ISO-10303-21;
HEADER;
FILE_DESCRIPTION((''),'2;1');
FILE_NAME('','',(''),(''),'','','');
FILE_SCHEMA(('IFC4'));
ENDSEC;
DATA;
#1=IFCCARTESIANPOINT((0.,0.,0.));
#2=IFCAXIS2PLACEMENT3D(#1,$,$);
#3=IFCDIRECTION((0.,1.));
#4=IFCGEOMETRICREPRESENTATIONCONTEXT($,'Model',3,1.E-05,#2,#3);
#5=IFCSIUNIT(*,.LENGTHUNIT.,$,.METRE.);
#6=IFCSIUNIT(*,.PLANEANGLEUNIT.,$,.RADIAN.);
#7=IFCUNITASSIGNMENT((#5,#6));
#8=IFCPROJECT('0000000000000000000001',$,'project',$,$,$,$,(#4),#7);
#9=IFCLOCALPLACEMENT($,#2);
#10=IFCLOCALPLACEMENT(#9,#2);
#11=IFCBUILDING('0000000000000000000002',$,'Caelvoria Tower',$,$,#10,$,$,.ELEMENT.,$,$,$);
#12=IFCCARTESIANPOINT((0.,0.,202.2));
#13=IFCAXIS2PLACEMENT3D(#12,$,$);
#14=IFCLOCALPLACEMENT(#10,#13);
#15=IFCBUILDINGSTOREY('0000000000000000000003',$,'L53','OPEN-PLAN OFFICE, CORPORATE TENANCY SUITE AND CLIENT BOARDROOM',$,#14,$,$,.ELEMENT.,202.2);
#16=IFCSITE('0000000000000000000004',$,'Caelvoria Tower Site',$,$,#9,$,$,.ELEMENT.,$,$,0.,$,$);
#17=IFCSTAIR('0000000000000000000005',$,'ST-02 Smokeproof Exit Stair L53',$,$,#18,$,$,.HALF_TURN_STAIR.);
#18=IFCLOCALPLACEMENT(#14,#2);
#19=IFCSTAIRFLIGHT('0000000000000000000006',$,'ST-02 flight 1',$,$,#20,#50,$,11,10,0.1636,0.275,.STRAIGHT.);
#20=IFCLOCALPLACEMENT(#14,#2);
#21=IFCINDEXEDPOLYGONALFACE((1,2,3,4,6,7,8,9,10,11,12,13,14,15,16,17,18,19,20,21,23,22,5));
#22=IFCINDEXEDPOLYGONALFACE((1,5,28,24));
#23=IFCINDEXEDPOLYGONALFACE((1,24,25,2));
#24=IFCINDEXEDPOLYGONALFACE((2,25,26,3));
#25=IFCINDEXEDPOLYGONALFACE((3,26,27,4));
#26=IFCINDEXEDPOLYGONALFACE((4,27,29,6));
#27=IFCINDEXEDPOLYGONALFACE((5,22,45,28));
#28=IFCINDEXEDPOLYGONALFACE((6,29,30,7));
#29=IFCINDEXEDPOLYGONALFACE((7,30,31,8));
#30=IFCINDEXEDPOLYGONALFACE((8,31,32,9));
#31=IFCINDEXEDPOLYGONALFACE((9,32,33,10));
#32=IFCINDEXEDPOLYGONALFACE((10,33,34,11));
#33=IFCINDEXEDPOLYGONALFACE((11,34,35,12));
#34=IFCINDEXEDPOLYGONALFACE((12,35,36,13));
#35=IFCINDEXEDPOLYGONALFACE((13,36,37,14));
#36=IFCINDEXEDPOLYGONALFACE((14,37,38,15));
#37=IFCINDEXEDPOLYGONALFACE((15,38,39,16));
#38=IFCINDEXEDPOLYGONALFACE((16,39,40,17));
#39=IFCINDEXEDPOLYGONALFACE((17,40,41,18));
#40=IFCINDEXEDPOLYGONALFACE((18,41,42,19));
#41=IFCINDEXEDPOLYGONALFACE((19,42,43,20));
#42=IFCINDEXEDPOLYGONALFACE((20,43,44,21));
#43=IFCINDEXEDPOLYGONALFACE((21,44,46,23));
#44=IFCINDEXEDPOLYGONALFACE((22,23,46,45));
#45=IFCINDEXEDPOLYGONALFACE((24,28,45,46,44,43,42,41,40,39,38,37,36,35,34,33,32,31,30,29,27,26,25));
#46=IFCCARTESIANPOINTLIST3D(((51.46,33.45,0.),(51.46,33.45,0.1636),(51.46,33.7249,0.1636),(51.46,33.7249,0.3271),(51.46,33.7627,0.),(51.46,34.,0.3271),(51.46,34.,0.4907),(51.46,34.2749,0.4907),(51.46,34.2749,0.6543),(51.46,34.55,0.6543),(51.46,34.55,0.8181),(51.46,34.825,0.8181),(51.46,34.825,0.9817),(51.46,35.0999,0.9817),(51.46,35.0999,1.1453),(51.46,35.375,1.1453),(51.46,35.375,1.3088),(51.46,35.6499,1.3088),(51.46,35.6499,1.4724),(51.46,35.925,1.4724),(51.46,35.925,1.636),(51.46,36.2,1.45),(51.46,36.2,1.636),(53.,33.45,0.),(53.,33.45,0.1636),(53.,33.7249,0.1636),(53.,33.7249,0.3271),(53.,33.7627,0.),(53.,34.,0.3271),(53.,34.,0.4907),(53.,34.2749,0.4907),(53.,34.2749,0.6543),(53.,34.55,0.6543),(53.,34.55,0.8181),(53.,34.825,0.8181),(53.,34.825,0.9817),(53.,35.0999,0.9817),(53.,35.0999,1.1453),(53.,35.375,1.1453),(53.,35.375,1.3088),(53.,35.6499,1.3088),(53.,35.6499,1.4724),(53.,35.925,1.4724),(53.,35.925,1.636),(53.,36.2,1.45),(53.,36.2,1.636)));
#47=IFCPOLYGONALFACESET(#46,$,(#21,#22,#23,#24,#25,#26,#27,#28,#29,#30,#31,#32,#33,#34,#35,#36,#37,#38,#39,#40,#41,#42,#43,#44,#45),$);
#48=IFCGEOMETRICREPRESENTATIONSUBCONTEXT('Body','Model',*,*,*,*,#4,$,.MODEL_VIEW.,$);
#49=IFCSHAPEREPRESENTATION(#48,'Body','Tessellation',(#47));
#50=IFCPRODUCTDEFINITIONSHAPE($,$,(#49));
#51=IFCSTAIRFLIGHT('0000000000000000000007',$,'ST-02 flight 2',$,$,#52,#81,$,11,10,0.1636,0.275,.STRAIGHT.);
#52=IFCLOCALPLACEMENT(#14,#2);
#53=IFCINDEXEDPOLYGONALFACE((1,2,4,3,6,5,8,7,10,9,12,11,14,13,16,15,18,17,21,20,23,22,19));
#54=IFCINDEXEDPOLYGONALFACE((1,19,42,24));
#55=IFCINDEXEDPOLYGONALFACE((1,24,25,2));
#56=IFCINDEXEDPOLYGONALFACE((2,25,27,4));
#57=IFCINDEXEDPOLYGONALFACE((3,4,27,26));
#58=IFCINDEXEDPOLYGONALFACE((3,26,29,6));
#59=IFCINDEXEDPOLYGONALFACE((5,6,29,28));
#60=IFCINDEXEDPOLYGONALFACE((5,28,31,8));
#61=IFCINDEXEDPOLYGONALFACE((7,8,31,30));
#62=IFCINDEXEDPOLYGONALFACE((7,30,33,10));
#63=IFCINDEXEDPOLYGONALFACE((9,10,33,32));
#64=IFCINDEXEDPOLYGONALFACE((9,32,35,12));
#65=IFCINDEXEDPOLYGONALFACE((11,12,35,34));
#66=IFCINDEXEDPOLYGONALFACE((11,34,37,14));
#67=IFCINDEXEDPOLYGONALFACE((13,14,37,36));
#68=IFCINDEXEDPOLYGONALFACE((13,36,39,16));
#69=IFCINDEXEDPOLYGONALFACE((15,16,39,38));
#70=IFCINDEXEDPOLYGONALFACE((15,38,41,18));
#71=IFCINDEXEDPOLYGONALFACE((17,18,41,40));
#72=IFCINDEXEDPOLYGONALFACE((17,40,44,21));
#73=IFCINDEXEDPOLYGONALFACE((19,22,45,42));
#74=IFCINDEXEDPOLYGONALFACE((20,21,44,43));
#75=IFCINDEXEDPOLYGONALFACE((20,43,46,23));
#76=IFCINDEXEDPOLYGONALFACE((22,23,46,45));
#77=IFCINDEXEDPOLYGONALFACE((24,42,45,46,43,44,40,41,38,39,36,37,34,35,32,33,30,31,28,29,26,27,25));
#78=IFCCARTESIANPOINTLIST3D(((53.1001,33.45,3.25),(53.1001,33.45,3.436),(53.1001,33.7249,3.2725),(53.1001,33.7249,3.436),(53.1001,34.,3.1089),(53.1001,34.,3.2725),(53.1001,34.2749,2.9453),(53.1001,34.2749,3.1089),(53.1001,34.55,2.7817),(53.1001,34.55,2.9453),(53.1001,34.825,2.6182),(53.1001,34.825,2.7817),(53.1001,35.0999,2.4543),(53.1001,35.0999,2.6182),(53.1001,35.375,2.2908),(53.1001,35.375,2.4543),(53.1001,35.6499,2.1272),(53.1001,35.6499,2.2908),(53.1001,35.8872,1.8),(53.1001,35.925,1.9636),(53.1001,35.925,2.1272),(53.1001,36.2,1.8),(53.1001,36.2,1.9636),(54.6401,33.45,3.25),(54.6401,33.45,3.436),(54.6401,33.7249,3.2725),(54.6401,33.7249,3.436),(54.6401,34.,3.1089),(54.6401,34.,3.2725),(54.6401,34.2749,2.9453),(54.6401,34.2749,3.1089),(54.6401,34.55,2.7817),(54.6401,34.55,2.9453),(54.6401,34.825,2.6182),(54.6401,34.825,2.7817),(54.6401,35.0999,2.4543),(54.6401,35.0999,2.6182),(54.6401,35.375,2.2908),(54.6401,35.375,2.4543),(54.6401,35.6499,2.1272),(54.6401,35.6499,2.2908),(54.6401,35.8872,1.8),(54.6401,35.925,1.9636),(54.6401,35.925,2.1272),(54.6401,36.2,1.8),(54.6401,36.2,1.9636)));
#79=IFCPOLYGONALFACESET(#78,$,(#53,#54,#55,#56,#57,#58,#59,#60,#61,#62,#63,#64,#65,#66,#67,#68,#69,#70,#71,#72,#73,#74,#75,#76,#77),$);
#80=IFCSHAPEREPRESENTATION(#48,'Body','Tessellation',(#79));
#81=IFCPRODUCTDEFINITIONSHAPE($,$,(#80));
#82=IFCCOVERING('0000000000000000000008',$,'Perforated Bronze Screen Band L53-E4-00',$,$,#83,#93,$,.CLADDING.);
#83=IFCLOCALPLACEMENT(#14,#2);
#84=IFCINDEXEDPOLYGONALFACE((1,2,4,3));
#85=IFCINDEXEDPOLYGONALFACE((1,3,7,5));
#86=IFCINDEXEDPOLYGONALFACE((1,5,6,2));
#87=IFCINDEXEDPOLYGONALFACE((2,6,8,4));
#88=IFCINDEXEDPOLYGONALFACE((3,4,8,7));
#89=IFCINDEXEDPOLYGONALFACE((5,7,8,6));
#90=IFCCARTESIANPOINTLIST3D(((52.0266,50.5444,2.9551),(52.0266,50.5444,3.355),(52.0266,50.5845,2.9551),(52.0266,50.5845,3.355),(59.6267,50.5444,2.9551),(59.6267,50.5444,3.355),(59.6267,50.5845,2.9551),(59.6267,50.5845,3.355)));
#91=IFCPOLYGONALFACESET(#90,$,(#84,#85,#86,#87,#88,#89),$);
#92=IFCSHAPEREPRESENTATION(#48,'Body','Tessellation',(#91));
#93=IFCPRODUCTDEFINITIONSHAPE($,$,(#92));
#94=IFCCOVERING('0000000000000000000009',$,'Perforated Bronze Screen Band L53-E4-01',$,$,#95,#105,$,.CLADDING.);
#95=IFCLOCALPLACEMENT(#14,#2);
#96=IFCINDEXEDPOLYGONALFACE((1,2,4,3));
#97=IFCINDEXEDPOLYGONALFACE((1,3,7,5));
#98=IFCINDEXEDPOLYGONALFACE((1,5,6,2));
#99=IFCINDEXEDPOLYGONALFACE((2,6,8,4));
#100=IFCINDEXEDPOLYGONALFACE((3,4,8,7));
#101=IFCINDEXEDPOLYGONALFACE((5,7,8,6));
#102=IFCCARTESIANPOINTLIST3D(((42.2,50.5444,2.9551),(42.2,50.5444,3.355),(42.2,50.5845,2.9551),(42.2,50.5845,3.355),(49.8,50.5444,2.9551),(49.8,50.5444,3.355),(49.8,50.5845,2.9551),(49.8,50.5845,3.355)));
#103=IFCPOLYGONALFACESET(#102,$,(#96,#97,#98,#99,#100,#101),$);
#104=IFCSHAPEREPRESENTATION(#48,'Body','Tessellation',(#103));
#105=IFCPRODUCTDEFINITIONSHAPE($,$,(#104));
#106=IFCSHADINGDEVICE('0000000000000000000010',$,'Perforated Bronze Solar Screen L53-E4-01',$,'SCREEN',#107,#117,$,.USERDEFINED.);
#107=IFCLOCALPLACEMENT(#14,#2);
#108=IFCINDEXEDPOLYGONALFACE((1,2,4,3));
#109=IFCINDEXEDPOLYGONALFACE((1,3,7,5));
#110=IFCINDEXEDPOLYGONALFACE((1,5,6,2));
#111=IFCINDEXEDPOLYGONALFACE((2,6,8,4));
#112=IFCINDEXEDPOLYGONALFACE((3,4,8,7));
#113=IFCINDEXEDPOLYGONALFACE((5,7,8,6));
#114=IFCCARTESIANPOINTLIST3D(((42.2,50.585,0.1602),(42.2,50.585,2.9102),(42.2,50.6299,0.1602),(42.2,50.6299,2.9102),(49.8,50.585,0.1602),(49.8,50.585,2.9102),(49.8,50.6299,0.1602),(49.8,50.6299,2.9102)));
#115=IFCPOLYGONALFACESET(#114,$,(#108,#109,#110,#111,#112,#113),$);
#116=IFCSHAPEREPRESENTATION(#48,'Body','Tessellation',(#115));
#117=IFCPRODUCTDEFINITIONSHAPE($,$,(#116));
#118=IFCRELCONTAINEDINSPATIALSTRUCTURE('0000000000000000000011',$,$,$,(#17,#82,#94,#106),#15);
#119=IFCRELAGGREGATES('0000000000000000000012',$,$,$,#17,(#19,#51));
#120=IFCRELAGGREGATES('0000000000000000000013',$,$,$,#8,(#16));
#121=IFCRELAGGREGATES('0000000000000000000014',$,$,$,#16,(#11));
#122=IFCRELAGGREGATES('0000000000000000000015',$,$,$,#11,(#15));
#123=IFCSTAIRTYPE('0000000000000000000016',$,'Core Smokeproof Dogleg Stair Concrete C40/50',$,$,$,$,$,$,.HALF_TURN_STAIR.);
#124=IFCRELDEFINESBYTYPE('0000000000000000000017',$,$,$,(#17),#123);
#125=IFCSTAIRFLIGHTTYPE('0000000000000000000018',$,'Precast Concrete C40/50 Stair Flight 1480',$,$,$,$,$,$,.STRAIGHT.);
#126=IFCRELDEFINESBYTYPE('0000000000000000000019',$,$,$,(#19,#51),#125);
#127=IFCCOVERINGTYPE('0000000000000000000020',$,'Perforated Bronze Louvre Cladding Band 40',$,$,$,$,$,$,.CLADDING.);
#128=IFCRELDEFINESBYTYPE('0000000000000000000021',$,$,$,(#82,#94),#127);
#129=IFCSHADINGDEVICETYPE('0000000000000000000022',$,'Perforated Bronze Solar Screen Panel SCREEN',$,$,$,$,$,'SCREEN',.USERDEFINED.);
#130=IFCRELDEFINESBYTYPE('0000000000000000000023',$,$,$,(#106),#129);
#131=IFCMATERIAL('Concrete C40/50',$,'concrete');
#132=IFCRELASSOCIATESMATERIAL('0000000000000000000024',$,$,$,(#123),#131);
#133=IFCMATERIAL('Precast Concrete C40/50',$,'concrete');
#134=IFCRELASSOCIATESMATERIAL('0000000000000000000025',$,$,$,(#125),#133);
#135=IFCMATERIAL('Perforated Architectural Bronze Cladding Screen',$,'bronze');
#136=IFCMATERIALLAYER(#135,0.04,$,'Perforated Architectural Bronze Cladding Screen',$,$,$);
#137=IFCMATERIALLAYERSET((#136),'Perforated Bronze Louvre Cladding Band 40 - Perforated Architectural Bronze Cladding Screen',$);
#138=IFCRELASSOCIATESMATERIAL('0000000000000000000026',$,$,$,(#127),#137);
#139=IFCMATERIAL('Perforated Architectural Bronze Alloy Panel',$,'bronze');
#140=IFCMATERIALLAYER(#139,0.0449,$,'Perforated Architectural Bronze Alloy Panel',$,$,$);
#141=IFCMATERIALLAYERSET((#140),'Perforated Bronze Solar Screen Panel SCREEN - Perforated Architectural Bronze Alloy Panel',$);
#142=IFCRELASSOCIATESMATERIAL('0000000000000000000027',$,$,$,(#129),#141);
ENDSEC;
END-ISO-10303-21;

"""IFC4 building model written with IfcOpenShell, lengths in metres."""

from ifc_helpers import new_model, si_unit, direction, frame, origin, origin_2d, place, context, subcontext, project, spatial, polyline, rectangle, outline, extrude, material, layer, layer_set, type_object, element, aggregate, save


model = new_model("IFC4")

# Units and contexts
model_context = context("Model", 3, precision=1e-05, world=origin(), true_north=direction((0.0, 1.0)))
body_context = subcontext(model_context, "Body", "Model", "MODEL_VIEW")
ifc_project = project(units=[si_unit("LENGTHUNIT", "METRE"), si_unit("PLANEANGLEUNIT", "RADIAN")], contexts=[model_context])

# Site, building, storey
site_placement = place(None, origin())
site = spatial("IfcSite", under=ifc_project, at=site_placement, Name="Caelvoria Tower Site", CompositionType="ELEMENT", RefElevation=0.0)
building_placement = place(site_placement, origin())
building = spatial("IfcBuilding", under=site, at=building_placement, Name="Caelvoria Tower", CompositionType="ELEMENT")
storey_placement = place(building_placement, frame((0.0, 0.0, 202.2)))
storey = spatial("IfcBuildingStorey", under=building, at=storey_placement, Name="L53", Description="OPEN-PLAN OFFICE, CORPORATE TENANCY SUITE AND CLIENT BOARDROOM", CompositionType="ELEMENT", Elevation=202.2)

# Stair, stair flights
ifc_material_1 = material(Name="Concrete C40/50", Category="concrete")
stair_type = type_object("IfcStairType", Name="Core Smokeproof Dogleg Stair Concrete C40/50", PredefinedType="HALF_TURN_STAIR", material=ifc_material_1)
stair_placement = place(storey_placement, origin())
stair = element("IfcStair", 1, at=stair_placement, inside=storey, type_object=stair_type, Name="ST-02 Smokeproof Exit Stair L53", PredefinedType="HALF_TURN_STAIR")
ifc_material_2 = material(Name="Precast Concrete C40/50", Category="concrete")
stair_flight_type = type_object("IfcStairFlightType", Name="Precast Concrete C40/50 Stair Flight 1480", PredefinedType="STRAIGHT", material=ifc_material_2)
stair_flight_1_placement = place(storey_placement, frame((52.23, 33.45, 0.0), z_axis=(0.0, 0.0, 1.0), x_axis=(0.0, 1.0, 0.0)))
stair_flight_1 = element("IfcStairFlight", 2, at=stair_flight_1_placement, type_object=stair_flight_type, Name="ST-02 flight 1", NumberOfRisers=11, NumberOfTreads=10, PredefinedType="STRAIGHT", RiserHeight=0.1636, TreadLength=0.275, context=body_context, shape_type="SweptSolid", body=[
    extrude(outline(polyline([(0.0, 0.0), (0.0, 0.1636), (0.2749, 0.1636), (0.2749, 0.3271), (0.55, 0.3271), (0.55, 0.4907), (0.825, 0.4907), (0.825, 0.6543), (1.1001, 0.6543), (1.1001, 0.8181), (1.375, 0.8181), (1.375, 0.9817), (1.6499, 0.9817), (1.6499, 1.1453), (1.925, 1.1453), (1.925, 1.3088), (2.2, 1.3088), (2.2, 1.4724), (2.4751, 1.4724), (2.4751, 1.636), (2.75, 1.636), (2.75, 1.7996), (2.75, 1.45), (0.3127, 0.0), (0.0, 0.0)])), frame((0.0, 0.77, 0.0), z_axis=(0.0, -1.0, 0.0), x_axis=(1.0, 0.0, 0.0)), (0.0, 0.0, 1.0), 1.54),
])
stair_flight_2_placement = place(storey_placement, frame((53.8701, 36.2, 1.8), z_axis=(0.0, 0.0, 1.0), x_axis=(0.0, -1.0, 0.0)))
stair_flight_2 = element("IfcStairFlight", 3, at=stair_flight_2_placement, type_object=stair_flight_type, Name="ST-02 flight 2", NumberOfRisers=11, NumberOfTreads=10, PredefinedType="STRAIGHT", RiserHeight=0.1636, TreadLength=0.275, context=body_context, shape_type="SweptSolid", body=[
    extrude(outline(polyline([(0.0, 0.0), (0.0, 0.1636), (0.2749, 0.1636), (0.2749, 0.3271), (0.55, 0.3271), (0.55, 0.4907), (0.825, 0.4907), (0.825, 0.6543), (1.1001, 0.6543), (1.1001, 0.8181), (1.375, 0.8181), (1.375, 0.9817), (1.6499, 0.9817), (1.6499, 1.1453), (1.925, 1.1453), (1.925, 1.3088), (2.2, 1.3088), (2.2, 1.4724), (2.4751, 1.4724), (2.4751, 1.636), (2.75, 1.636), (2.75, 1.7996), (2.75, 1.45), (0.3127, 0.0), (0.0, 0.0)])), frame((0.0, 0.77, 0.0), z_axis=(0.0, -1.0, 0.0), x_axis=(1.0, 0.0, 0.0)), (0.0, 0.0, 1.0), 1.54),
])
aggregate(stair, [stair_flight_1, stair_flight_2])

# Coverings
ifc_material_3 = material(Name="Perforated Architectural Bronze Cladding Screen", Category="bronze")
ifc_layer_1 = layer(ifc_material_3, 0.04, Name="Perforated Architectural Bronze Cladding Screen")
ifc_layer_set_1 = layer_set([ifc_layer_1], Name="Perforated Bronze Louvre Cladding Band 40 - Perforated Architectural Bronze Cladding Screen")
covering_type = type_object("IfcCoveringType", Name="Perforated Bronze Louvre Cladding Band 40", PredefinedType="CLADDING", material=ifc_layer_set_1)
for number, where, z_axis, x_axis, name in (
    (4, (55.8267, 50.5645, 2.9551), (0.0, 0.0, 1.0), (-1.0, 0.0, 0.0), "Perforated Bronze Screen Band L53-E4-00"),
    (5, (46.0, 50.5645, 2.9551), (0.0, 0.0, 1.0), (-1.0, 0.0, 0.0), "Perforated Bronze Screen Band L53-E4-01"),
):
    element("IfcCovering", number, at=place(storey_placement, frame(where, z_axis=z_axis, x_axis=x_axis)), inside=storey, type_object=covering_type, Name=name, PredefinedType="CLADDING", context=body_context, shape_type="SweptSolid", body=[
        extrude(rectangle(XDim=7.6001, YDim=0.04, at=origin_2d()), origin(), (0.0, 0.0, 1.0), 0.3999),
    ])

# Shading device
ifc_material_4 = material(Name="Perforated Architectural Bronze Alloy Panel", Category="bronze")
ifc_layer_2 = layer(ifc_material_4, 0.0449, Name="Perforated Architectural Bronze Alloy Panel")
ifc_layer_set_2 = layer_set([ifc_layer_2], Name="Perforated Bronze Solar Screen Panel SCREEN - Perforated Architectural Bronze Alloy Panel")
shading_device_type = type_object("IfcShadingDeviceType", Name="Perforated Bronze Solar Screen Panel SCREEN", ElementType="SCREEN", PredefinedType="USERDEFINED", material=ifc_layer_set_2)
shading_device_placement = place(storey_placement, frame((46.0, 50.6074, 0.1602), z_axis=(0.0, 0.0, 1.0), x_axis=(-1.0, 0.0, 0.0)))
element("IfcShadingDevice", 6, at=shading_device_placement, inside=storey, type_object=shading_device_type, Name="Perforated Bronze Solar Screen L53-E4-01", ObjectType="SCREEN", PredefinedType="USERDEFINED", context=body_context, shape_type="SweptSolid", body=[
    extrude(rectangle(XDim=7.6001, YDim=0.0449, at=origin_2d()), origin(), (0.0, 0.0, 1.0), 2.75),
])

save(model, "model.ifc")
